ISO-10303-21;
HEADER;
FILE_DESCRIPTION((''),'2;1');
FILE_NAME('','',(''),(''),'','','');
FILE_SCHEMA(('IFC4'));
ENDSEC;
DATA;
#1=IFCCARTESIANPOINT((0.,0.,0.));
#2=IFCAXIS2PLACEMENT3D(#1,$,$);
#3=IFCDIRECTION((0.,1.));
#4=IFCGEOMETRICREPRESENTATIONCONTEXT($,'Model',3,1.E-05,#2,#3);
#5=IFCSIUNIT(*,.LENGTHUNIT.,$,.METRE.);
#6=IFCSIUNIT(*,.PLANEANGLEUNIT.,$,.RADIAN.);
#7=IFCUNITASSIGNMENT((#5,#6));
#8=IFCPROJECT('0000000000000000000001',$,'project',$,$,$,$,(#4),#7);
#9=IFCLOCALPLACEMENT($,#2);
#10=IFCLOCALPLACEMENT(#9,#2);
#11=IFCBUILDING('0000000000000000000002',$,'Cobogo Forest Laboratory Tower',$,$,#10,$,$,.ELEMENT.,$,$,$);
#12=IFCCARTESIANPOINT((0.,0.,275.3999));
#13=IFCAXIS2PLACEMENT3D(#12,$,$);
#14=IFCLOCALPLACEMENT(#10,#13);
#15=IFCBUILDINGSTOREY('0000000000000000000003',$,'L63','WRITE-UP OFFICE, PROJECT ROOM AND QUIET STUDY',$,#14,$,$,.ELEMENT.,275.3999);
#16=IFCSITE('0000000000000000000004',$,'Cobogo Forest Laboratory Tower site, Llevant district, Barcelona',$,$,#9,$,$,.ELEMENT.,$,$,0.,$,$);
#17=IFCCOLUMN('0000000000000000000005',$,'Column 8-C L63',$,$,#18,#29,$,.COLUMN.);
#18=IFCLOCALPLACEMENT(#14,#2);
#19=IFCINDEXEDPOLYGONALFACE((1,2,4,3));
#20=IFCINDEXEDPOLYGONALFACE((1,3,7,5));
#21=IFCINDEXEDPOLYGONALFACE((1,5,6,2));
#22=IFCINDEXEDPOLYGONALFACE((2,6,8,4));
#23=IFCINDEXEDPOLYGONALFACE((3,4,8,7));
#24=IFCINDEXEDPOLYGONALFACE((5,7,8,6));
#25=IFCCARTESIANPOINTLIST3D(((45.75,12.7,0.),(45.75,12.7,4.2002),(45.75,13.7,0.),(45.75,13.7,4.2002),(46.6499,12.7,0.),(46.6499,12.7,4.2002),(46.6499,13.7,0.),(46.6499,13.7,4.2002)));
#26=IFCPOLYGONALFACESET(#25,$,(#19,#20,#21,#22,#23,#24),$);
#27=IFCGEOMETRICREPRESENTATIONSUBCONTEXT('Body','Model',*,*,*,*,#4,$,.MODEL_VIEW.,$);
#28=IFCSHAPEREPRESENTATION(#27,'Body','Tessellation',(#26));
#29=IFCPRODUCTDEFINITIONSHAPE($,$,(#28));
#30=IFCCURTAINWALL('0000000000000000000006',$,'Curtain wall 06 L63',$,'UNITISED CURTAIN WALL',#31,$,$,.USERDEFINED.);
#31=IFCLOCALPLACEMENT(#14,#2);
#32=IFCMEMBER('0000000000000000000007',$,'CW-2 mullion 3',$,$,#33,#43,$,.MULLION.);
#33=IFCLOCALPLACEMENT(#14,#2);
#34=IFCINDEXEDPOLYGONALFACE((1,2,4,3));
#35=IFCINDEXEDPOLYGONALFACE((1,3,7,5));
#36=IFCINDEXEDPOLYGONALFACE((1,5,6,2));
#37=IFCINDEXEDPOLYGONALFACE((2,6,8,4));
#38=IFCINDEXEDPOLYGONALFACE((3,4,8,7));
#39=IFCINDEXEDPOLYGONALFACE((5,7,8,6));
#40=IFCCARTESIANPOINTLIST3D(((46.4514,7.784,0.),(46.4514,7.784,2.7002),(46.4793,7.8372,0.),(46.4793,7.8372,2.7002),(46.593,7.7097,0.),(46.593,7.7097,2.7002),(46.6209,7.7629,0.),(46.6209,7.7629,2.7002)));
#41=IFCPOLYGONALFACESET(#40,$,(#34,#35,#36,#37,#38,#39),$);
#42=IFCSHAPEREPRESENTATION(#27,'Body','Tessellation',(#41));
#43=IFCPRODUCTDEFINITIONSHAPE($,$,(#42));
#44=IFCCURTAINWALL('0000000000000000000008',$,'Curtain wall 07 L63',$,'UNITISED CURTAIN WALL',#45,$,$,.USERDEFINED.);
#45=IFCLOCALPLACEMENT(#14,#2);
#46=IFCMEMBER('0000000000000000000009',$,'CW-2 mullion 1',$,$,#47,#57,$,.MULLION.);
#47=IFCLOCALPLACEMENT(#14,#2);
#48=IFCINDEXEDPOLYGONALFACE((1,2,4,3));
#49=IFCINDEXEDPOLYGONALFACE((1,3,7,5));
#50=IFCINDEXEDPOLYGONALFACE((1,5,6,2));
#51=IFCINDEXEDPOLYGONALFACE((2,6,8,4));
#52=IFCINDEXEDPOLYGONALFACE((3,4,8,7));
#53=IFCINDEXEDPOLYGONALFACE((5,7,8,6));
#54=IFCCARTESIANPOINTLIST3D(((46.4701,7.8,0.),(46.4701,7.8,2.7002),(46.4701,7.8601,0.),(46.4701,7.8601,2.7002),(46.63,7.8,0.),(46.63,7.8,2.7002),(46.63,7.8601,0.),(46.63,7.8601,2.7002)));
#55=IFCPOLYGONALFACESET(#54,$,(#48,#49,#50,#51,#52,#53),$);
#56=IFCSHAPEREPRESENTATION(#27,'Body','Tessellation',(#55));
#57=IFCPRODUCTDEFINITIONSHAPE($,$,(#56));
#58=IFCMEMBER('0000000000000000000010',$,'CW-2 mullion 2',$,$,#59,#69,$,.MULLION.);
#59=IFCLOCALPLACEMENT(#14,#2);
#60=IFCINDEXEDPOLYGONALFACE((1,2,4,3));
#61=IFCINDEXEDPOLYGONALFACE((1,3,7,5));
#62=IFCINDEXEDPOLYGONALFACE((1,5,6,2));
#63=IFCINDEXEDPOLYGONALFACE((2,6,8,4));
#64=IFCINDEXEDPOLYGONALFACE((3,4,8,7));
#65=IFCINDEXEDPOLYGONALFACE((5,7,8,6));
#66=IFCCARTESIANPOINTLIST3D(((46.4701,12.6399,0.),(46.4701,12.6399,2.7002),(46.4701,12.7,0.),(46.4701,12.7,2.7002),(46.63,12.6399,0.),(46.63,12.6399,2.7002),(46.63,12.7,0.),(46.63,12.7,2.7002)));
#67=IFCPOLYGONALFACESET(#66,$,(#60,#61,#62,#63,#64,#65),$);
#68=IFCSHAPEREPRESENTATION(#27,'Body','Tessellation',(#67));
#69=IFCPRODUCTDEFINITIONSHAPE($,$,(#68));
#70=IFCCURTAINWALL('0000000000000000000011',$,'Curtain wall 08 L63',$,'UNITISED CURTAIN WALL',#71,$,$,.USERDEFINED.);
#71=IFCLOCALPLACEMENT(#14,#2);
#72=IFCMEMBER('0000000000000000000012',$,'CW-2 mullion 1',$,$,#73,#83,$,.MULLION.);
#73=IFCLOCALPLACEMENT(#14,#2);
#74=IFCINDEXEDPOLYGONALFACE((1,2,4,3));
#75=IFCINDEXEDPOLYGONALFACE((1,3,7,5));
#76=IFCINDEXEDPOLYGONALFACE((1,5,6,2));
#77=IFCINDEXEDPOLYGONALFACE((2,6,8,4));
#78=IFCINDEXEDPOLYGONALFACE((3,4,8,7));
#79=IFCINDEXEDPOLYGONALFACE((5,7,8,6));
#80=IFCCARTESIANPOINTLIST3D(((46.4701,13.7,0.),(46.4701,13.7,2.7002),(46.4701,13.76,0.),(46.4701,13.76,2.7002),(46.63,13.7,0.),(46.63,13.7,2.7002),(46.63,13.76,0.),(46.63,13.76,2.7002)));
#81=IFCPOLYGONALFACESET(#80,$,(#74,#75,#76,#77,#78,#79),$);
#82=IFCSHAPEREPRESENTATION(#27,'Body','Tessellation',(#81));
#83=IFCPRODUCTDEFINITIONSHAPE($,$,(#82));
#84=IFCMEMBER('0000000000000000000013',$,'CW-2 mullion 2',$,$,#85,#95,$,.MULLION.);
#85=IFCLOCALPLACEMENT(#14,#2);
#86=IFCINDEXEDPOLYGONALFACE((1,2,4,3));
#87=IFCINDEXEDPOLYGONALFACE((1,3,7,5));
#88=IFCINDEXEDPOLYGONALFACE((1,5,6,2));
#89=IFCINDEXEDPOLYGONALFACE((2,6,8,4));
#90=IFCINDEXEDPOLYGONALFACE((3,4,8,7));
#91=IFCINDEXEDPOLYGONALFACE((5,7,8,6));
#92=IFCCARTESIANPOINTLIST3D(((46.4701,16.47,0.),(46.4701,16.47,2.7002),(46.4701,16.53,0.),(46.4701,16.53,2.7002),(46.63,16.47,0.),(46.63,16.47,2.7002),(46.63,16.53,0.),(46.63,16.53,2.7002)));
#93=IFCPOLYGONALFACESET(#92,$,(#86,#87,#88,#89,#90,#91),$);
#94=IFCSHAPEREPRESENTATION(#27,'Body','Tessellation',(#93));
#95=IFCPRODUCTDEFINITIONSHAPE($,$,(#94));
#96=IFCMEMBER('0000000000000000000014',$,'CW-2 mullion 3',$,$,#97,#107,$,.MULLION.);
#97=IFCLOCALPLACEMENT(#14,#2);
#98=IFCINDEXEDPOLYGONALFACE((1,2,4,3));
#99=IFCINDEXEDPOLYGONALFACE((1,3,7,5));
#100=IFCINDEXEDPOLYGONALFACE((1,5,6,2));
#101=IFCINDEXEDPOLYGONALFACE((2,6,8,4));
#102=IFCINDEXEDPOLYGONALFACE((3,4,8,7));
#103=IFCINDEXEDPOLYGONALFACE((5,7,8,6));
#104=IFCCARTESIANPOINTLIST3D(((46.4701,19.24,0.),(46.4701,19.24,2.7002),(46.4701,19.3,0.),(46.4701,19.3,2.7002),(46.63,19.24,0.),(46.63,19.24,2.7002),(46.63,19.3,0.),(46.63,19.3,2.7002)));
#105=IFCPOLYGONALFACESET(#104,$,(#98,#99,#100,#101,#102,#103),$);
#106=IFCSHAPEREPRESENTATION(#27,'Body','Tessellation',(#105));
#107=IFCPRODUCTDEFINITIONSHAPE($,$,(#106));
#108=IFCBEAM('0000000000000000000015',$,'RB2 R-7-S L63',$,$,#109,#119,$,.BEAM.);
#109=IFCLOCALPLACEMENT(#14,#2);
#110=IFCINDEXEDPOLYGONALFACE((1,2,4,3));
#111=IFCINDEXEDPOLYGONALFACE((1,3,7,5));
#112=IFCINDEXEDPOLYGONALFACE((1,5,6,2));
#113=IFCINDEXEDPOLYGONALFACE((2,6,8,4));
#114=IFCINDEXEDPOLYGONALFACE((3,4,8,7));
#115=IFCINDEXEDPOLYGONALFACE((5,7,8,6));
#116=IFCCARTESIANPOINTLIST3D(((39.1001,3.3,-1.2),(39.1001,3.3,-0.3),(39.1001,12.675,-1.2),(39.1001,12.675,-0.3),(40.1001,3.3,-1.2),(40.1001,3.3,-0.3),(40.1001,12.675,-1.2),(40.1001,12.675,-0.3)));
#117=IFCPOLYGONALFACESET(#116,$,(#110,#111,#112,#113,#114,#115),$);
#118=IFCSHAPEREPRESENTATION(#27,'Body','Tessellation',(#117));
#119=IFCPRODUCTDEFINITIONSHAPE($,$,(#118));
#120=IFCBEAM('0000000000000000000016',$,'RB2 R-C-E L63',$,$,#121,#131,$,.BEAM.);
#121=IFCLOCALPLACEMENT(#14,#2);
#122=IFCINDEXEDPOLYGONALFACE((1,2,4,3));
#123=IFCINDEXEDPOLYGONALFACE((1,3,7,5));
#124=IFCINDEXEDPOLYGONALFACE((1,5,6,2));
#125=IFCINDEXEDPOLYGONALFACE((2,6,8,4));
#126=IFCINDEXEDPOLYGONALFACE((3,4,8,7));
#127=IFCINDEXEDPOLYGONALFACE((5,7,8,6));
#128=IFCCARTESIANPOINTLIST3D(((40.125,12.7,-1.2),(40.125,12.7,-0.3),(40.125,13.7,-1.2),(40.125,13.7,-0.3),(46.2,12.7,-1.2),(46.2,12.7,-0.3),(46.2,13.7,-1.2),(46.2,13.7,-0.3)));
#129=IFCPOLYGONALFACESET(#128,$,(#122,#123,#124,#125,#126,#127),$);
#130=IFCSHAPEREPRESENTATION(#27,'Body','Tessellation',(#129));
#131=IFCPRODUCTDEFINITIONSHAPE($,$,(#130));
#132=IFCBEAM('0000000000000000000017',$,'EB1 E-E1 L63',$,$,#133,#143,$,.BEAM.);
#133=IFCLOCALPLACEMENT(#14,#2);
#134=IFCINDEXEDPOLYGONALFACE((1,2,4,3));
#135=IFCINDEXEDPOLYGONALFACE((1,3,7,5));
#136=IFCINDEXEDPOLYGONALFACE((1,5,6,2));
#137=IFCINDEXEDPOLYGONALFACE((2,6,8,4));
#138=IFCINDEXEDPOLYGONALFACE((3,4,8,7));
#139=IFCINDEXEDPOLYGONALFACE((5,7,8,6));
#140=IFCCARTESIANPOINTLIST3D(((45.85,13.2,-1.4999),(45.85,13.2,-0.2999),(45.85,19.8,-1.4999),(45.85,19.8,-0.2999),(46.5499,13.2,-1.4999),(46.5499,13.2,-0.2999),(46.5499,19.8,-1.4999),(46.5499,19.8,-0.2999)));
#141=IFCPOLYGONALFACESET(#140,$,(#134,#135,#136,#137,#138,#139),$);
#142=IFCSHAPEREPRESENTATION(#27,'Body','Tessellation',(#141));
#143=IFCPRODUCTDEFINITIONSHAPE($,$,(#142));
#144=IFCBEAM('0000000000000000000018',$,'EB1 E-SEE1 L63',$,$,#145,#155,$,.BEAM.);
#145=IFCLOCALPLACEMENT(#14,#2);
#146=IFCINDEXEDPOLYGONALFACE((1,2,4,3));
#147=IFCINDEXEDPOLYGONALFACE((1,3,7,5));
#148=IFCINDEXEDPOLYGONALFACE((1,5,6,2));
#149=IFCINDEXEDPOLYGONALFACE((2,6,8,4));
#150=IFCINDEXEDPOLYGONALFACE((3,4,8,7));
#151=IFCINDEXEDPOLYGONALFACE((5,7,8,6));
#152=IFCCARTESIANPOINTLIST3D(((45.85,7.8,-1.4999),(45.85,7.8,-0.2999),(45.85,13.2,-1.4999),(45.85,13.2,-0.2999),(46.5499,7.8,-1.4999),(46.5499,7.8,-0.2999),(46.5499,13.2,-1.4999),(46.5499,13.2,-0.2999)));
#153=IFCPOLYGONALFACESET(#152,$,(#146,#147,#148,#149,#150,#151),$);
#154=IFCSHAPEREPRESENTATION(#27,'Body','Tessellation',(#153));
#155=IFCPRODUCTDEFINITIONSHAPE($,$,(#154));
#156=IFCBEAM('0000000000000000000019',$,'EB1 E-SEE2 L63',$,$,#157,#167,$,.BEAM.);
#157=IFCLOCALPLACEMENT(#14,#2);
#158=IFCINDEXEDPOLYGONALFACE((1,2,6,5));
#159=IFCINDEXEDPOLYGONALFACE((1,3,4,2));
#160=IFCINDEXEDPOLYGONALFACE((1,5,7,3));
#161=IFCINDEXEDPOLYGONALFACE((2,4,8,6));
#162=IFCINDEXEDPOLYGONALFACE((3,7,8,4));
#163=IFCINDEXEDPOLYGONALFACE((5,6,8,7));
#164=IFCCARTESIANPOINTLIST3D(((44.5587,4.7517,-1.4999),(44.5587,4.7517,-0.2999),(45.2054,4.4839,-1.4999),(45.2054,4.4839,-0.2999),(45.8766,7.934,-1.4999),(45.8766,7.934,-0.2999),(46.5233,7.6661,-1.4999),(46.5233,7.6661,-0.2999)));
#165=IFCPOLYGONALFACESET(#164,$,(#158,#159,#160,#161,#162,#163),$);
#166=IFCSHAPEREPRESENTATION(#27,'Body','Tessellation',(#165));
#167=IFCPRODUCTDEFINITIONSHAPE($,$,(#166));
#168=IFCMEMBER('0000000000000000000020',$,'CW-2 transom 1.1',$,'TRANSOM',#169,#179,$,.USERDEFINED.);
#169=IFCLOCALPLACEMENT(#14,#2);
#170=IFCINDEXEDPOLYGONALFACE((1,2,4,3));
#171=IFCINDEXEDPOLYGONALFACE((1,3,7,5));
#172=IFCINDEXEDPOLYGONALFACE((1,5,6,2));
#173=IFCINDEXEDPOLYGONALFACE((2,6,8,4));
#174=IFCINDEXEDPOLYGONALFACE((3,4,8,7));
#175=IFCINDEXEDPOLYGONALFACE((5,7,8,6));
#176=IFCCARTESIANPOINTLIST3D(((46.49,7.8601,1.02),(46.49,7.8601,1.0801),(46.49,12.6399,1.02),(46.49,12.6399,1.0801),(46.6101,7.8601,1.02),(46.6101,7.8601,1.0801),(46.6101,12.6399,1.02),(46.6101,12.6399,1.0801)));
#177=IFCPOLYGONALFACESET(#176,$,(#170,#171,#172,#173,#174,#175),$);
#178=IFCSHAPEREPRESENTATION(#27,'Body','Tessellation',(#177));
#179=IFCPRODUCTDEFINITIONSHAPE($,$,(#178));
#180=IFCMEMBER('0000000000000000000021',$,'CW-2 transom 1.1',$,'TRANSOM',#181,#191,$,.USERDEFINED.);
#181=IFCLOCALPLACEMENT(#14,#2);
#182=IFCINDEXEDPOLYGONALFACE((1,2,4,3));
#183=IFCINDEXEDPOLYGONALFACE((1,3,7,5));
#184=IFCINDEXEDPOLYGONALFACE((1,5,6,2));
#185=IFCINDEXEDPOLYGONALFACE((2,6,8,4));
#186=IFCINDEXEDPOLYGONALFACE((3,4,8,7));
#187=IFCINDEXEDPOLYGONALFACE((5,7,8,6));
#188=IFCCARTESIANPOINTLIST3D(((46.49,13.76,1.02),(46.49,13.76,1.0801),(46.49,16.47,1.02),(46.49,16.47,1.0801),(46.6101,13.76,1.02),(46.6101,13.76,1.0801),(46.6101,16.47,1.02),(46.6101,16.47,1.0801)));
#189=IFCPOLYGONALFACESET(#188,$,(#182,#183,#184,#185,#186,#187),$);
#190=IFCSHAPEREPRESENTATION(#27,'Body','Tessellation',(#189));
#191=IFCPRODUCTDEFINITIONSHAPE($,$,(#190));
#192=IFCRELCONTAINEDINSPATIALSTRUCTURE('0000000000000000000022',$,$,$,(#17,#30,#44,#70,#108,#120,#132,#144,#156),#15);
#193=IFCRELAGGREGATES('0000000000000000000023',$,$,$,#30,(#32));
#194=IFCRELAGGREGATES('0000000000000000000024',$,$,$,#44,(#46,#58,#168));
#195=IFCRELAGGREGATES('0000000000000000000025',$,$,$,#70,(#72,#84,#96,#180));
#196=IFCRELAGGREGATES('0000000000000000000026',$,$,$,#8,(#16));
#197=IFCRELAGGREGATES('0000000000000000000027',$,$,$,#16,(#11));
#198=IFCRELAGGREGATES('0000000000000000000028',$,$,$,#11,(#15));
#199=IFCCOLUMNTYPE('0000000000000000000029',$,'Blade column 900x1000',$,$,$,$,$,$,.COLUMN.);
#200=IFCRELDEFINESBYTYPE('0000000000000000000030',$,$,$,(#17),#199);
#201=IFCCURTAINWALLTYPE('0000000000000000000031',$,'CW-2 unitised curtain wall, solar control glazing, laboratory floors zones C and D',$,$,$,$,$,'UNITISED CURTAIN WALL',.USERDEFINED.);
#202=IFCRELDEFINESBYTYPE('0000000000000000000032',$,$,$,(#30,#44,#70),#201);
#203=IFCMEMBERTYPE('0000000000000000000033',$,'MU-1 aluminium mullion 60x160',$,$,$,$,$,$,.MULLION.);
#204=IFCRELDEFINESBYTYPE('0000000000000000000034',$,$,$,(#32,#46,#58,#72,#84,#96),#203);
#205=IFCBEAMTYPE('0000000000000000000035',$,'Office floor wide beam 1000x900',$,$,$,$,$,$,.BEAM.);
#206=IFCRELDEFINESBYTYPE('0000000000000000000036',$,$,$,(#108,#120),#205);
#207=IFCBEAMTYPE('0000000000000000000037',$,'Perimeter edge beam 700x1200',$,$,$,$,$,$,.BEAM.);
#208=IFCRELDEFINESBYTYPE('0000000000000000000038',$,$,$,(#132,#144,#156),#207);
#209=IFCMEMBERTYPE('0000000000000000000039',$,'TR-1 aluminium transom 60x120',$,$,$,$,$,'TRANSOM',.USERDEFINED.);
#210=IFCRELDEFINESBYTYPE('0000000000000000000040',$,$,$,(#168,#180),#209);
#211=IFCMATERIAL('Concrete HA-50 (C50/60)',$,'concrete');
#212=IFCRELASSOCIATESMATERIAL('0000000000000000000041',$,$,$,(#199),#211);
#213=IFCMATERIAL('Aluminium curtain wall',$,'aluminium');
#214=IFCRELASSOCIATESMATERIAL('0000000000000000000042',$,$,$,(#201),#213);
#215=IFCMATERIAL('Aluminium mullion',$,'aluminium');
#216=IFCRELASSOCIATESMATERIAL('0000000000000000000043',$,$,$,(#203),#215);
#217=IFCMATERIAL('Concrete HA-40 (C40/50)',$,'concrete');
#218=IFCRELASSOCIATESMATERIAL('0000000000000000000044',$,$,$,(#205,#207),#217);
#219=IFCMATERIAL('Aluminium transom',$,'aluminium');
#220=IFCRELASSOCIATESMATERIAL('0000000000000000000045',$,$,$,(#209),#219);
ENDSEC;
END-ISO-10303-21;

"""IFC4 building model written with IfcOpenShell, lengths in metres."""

from ifc_helpers import new_model, si_unit, direction, frame, origin, origin_2d, place, context, subcontext, project, spatial, rectangle, extrude, material, material_profile, profile_set, type_object, element, aggregate, save


model = new_model("IFC4")

# Units and contexts
model_context = context("Model", 3, precision=1e-05, world=origin(), true_north=direction((0.0, 1.0)))
body_context = subcontext(model_context, "Body", "Model", "MODEL_VIEW")
ifc_project = project(units=[si_unit("LENGTHUNIT", "METRE"), si_unit("PLANEANGLEUNIT", "RADIAN")], contexts=[model_context])

# Site, building, storey
site_placement = place(None, origin())
site = spatial("IfcSite", under=ifc_project, at=site_placement, Name="Cobogo Forest Laboratory Tower site, Llevant district, Barcelona", CompositionType="ELEMENT", RefElevation=0.0)
building_placement = place(site_placement, origin())
building = spatial("IfcBuilding", under=site, at=building_placement, Name="Cobogo Forest Laboratory Tower", CompositionType="ELEMENT")
storey_placement = place(building_placement, frame((0.0, 0.0, 275.3999)))
storey = spatial("IfcBuildingStorey", under=building, at=storey_placement, Name="L63", Description="WRITE-UP OFFICE, PROJECT ROOM AND QUIET STUDY", CompositionType="ELEMENT", Elevation=275.3999)

# Column
ifc_material_1 = material(Name="Concrete HA-50 (C50/60)", Category="concrete")
ifc_material_profile_1 = material_profile(ifc_material_1, rectangle(XDim=1.0, YDim=0.8999, at=origin_2d()), Name="RC 900x1000")
ifc_profile_set_1 = profile_set([ifc_material_profile_1], Name="Concrete HA-50 (C50/60)")
column_type = type_object("IfcColumnType", Name="Blade column 900x1000", PredefinedType="COLUMN", material=ifc_profile_set_1)
column_placement = place(storey_placement, frame((46.2, 13.2, 0.0), z_axis=(0.0, 0.0, 1.0), x_axis=(0.0, 1.0, 0.0)))
element("IfcColumn", 1, at=column_placement, inside=storey, type_object=column_type, Name="Column 8-C L63", PredefinedType="COLUMN", context=body_context, shape_type="SweptSolid", body=[
    extrude(rectangle(XDim=1.0, YDim=0.8999, at=origin_2d()), origin(), (0.0, 0.0, 1.0), 4.2002),
])

# Curtain wall, member
ifc_material_2 = material(Name="Aluminium curtain wall", Category="aluminium")
curtain_wall_type = type_object("IfcCurtainWallType", Name="CW-2 unitised curtain wall, solar control glazing, laboratory floors zones C and D", ElementType="UNITISED CURTAIN WALL", PredefinedType="USERDEFINED", material=ifc_material_2)
curtain_wall_1_placement = place(storey_placement, origin())
curtain_wall_1 = element("IfcCurtainWall", 2, at=curtain_wall_1_placement, inside=storey, type_object=curtain_wall_type, Name="Curtain wall 06 L63", ObjectType="UNITISED CURTAIN WALL", PredefinedType="USERDEFINED")
ifc_material_3 = material(Name="Aluminium mullion", Category="aluminium")
ifc_material_profile_2 = material_profile(ifc_material_3, rectangle(XDim=0.0601, YDim=0.1599, at=origin_2d()), Name="AL 60x160")
ifc_profile_set_2 = profile_set([ifc_material_profile_2], Name="Aluminium mullion")
member_type_1 = type_object("IfcMemberType", Name="MU-1 aluminium mullion 60x160", PredefinedType="MULLION", material=ifc_profile_set_2)
member_1_placement = place(storey_placement, frame((46.5361, 7.7734, 0.0), z_axis=(0.0, 0.0, 1.0), x_axis=(0.464284, 0.885686, 0.0)))
member_1 = element("IfcMember", 3, at=member_1_placement, type_object=member_type_1, Name="CW-2 mullion 3", PredefinedType="MULLION", context=body_context, shape_type="SweptSolid", body=[
    extrude(rectangle(XDim=0.0601, YDim=0.1599, at=origin_2d()), origin(), (0.0, 0.0, 1.0), 2.7002),
])
aggregate(curtain_wall_1, [member_1])

# Curtain walls, members
curtain_wall_2_placement = place(storey_placement, origin())
curtain_wall_2 = element("IfcCurtainWall", 4, at=curtain_wall_2_placement, inside=storey, type_object=curtain_wall_type, Name="Curtain wall 07 L63", ObjectType="UNITISED CURTAIN WALL", PredefinedType="USERDEFINED")
member_2_placement = place(storey_placement, frame((46.55, 7.8301, 0.0), z_axis=(0.0, 0.0, 1.0), x_axis=(0.0, 1.0, 0.0)))
member_2 = element("IfcMember", 5, at=member_2_placement, type_object=member_type_1, Name="CW-2 mullion 1", PredefinedType="MULLION", context=body_context, shape_type="SweptSolid", body=[
    extrude(rectangle(XDim=0.0601, YDim=0.1599, at=origin_2d()), origin(), (0.0, 0.0, 1.0), 2.7002),
])
member_3_placement = place(storey_placement, frame((46.55, 12.6699, 0.0), z_axis=(0.0, 0.0, 1.0), x_axis=(0.0, 1.0, 0.0)))
member_3 = element("IfcMember", 6, at=member_3_placement, type_object=member_type_1, Name="CW-2 mullion 2", PredefinedType="MULLION", context=body_context, shape_type="SweptSolid", body=[
    extrude(rectangle(XDim=0.0601, YDim=0.1599, at=origin_2d()), origin(), (0.0, 0.0, 1.0), 2.7002),
])
curtain_wall_3_placement = place(storey_placement, origin())
curtain_wall_3 = element("IfcCurtainWall", 7, at=curtain_wall_3_placement, inside=storey, type_object=curtain_wall_type, Name="Curtain wall 08 L63", ObjectType="UNITISED CURTAIN WALL", PredefinedType="USERDEFINED")
member_4_placement = place(storey_placement, frame((46.55, 13.73, 0.0), z_axis=(0.0, 0.0, 1.0), x_axis=(0.0, 1.0, 0.0)))
member_4 = element("IfcMember", 8, at=member_4_placement, type_object=member_type_1, Name="CW-2 mullion 1", PredefinedType="MULLION", context=body_context, shape_type="SweptSolid", body=[
    extrude(rectangle(XDim=0.0601, YDim=0.1599, at=origin_2d()), origin(), (0.0, 0.0, 1.0), 2.7002),
])
member_5_placement = place(storey_placement, frame((46.55, 16.5, 0.0), z_axis=(0.0, 0.0, 1.0), x_axis=(0.0, 1.0, 0.0)))
member_5 = element("IfcMember", 9, at=member_5_placement, type_object=member_type_1, Name="CW-2 mullion 2", PredefinedType="MULLION", context=body_context, shape_type="SweptSolid", body=[
    extrude(rectangle(XDim=0.0601, YDim=0.1599, at=origin_2d()), origin(), (0.0, 0.0, 1.0), 2.7002),
])
member_6_placement = place(storey_placement, frame((46.55, 19.27, 0.0), z_axis=(0.0, 0.0, 1.0), x_axis=(0.0, 1.0, 0.0)))
member_6 = element("IfcMember", 10, at=member_6_placement, type_object=member_type_1, Name="CW-2 mullion 3", PredefinedType="MULLION", context=body_context, shape_type="SweptSolid", body=[
    extrude(rectangle(XDim=0.0601, YDim=0.1599, at=origin_2d()), origin(), (0.0, 0.0, 1.0), 2.7002),
])

# Beams
ifc_material_4 = material(Name="Concrete HA-40 (C40/50)", Category="concrete")
ifc_material_profile_3 = material_profile(ifc_material_4, rectangle(XDim=1.0, YDim=0.8999, at=origin_2d()), Name="RC 1000x900")
ifc_profile_set_3 = profile_set([ifc_material_profile_3], Name="Concrete HA-40 (C40/50)")
beam_type_1 = type_object("IfcBeamType", Name="Office floor wide beam 1000x900", PredefinedType="BEAM", material=ifc_profile_set_3)
beam_1_placement = place(storey_placement, frame((39.6001, 12.675, -0.75), z_axis=(0.0, -1.0, 0.0), x_axis=(1.0, 0.0, 0.0)))
element("IfcBeam", 11, at=beam_1_placement, inside=storey, type_object=beam_type_1, Name="RB2 R-7-S L63", PredefinedType="BEAM", context=body_context, shape_type="SweptSolid", body=[
    extrude(rectangle(XDim=1.0, YDim=0.8999, at=origin_2d()), origin(), (0.0, 0.0, 1.0), 9.375),
])
beam_2_placement = place(storey_placement, frame((40.125, 13.2, -0.75), z_axis=(1.0, 0.0, 0.0), x_axis=(0.0, 1.0, 0.0)))
element("IfcBeam", 12, at=beam_2_placement, inside=storey, type_object=beam_type_1, Name="RB2 R-C-E L63", PredefinedType="BEAM", context=body_context, shape_type="SweptSolid", body=[
    extrude(rectangle(XDim=1.0, YDim=0.8999, at=origin_2d()), origin(), (0.0, 0.0, 1.0), 6.075),
])
ifc_material_profile_4 = material_profile(ifc_material_4, rectangle(XDim=0.7, YDim=1.2, at=origin_2d()), Name="RC 700x1200")
ifc_profile_set_4 = profile_set([ifc_material_profile_4], Name="Concrete HA-40 (C40/50)")
beam_type_2 = type_object("IfcBeamType", Name="Perimeter edge beam 700x1200", PredefinedType="BEAM", material=ifc_profile_set_4)
beam_3_placement = place(storey_placement, frame((46.2, 13.2, -0.8999), z_axis=(0.0, 1.0, 0.0), x_axis=(-1.0, 0.0, 0.0)))
element("IfcBeam", 13, at=beam_3_placement, inside=storey, type_object=beam_type_2, Name="EB1 E-E1 L63", PredefinedType="BEAM", context=body_context, shape_type="SweptSolid", body=[
    extrude(rectangle(XDim=0.7, YDim=1.2, at=origin_2d()), origin(), (0.0, 0.0, 1.0), 6.6001),
])
beam_4_placement = place(storey_placement, frame((46.2, 13.2, -0.8999), z_axis=(0.0, -1.0, 0.0), x_axis=(1.0, 0.0, 0.0)))
element("IfcBeam", 14, at=beam_4_placement, inside=storey, type_object=beam_type_2, Name="EB1 E-SEE1 L63", PredefinedType="BEAM", context=body_context, shape_type="SweptSolid", body=[
    extrude(rectangle(XDim=0.7, YDim=1.2, at=origin_2d()), origin(), (0.0, 0.0, 1.0), 5.3999),
])
beam_5_placement = place(storey_placement, frame((46.2, 7.8, -0.8999), z_axis=(-0.382631, -0.923901, 0.0), x_axis=(0.923901, -0.382631, 0.0)))
element("IfcBeam", 15, at=beam_5_placement, inside=storey, type_object=beam_type_2, Name="EB1 E-SEE2 L63", PredefinedType="BEAM", context=body_context, shape_type="SweptSolid", body=[
    extrude(rectangle(XDim=0.7, YDim=1.2, at=origin_2d()), origin(), (0.0, 0.0, 1.0), 3.4443),
])

# Members
ifc_material_5 = material(Name="Aluminium transom", Category="aluminium")
ifc_material_profile_5 = material_profile(ifc_material_5, rectangle(XDim=0.1201, YDim=0.0601, at=origin_2d()), Name="AL 60x120")
ifc_profile_set_5 = profile_set([ifc_material_profile_5], Name="Aluminium transom")
member_type_2 = type_object("IfcMemberType", Name="TR-1 aluminium transom 60x120", ElementType="TRANSOM", PredefinedType="USERDEFINED", material=ifc_profile_set_5)
member_7_placement = place(storey_placement, frame((46.55, 7.8601, 1.05), z_axis=(0.0, 1.0, 0.0), x_axis=(-1.0, 0.0, 0.0)))
member_7 = element("IfcMember", 16, at=member_7_placement, type_object=member_type_2, Name="CW-2 transom 1.1", ObjectType="TRANSOM", PredefinedType="USERDEFINED", context=body_context, shape_type="SweptSolid", body=[
    extrude(rectangle(XDim=0.1201, YDim=0.0601, at=origin_2d()), origin(), (0.0, 0.0, 1.0), 4.7798),
])
member_8_placement = place(storey_placement, frame((46.55, 13.76, 1.05), z_axis=(0.0, 1.0, 0.0), x_axis=(-1.0, 0.0, 0.0)))
member_8 = element("IfcMember", 17, at=member_8_placement, type_object=member_type_2, Name="CW-2 transom 1.1", ObjectType="TRANSOM", PredefinedType="USERDEFINED", context=body_context, shape_type="SweptSolid", body=[
    extrude(rectangle(XDim=0.1201, YDim=0.0601, at=origin_2d()), origin(), (0.0, 0.0, 1.0), 2.71),
])

aggregate(curtain_wall_2, [member_2, member_3, member_7])
aggregate(curtain_wall_3, [member_4, member_5, member_6, member_8])

save(model, "model.ifc")
